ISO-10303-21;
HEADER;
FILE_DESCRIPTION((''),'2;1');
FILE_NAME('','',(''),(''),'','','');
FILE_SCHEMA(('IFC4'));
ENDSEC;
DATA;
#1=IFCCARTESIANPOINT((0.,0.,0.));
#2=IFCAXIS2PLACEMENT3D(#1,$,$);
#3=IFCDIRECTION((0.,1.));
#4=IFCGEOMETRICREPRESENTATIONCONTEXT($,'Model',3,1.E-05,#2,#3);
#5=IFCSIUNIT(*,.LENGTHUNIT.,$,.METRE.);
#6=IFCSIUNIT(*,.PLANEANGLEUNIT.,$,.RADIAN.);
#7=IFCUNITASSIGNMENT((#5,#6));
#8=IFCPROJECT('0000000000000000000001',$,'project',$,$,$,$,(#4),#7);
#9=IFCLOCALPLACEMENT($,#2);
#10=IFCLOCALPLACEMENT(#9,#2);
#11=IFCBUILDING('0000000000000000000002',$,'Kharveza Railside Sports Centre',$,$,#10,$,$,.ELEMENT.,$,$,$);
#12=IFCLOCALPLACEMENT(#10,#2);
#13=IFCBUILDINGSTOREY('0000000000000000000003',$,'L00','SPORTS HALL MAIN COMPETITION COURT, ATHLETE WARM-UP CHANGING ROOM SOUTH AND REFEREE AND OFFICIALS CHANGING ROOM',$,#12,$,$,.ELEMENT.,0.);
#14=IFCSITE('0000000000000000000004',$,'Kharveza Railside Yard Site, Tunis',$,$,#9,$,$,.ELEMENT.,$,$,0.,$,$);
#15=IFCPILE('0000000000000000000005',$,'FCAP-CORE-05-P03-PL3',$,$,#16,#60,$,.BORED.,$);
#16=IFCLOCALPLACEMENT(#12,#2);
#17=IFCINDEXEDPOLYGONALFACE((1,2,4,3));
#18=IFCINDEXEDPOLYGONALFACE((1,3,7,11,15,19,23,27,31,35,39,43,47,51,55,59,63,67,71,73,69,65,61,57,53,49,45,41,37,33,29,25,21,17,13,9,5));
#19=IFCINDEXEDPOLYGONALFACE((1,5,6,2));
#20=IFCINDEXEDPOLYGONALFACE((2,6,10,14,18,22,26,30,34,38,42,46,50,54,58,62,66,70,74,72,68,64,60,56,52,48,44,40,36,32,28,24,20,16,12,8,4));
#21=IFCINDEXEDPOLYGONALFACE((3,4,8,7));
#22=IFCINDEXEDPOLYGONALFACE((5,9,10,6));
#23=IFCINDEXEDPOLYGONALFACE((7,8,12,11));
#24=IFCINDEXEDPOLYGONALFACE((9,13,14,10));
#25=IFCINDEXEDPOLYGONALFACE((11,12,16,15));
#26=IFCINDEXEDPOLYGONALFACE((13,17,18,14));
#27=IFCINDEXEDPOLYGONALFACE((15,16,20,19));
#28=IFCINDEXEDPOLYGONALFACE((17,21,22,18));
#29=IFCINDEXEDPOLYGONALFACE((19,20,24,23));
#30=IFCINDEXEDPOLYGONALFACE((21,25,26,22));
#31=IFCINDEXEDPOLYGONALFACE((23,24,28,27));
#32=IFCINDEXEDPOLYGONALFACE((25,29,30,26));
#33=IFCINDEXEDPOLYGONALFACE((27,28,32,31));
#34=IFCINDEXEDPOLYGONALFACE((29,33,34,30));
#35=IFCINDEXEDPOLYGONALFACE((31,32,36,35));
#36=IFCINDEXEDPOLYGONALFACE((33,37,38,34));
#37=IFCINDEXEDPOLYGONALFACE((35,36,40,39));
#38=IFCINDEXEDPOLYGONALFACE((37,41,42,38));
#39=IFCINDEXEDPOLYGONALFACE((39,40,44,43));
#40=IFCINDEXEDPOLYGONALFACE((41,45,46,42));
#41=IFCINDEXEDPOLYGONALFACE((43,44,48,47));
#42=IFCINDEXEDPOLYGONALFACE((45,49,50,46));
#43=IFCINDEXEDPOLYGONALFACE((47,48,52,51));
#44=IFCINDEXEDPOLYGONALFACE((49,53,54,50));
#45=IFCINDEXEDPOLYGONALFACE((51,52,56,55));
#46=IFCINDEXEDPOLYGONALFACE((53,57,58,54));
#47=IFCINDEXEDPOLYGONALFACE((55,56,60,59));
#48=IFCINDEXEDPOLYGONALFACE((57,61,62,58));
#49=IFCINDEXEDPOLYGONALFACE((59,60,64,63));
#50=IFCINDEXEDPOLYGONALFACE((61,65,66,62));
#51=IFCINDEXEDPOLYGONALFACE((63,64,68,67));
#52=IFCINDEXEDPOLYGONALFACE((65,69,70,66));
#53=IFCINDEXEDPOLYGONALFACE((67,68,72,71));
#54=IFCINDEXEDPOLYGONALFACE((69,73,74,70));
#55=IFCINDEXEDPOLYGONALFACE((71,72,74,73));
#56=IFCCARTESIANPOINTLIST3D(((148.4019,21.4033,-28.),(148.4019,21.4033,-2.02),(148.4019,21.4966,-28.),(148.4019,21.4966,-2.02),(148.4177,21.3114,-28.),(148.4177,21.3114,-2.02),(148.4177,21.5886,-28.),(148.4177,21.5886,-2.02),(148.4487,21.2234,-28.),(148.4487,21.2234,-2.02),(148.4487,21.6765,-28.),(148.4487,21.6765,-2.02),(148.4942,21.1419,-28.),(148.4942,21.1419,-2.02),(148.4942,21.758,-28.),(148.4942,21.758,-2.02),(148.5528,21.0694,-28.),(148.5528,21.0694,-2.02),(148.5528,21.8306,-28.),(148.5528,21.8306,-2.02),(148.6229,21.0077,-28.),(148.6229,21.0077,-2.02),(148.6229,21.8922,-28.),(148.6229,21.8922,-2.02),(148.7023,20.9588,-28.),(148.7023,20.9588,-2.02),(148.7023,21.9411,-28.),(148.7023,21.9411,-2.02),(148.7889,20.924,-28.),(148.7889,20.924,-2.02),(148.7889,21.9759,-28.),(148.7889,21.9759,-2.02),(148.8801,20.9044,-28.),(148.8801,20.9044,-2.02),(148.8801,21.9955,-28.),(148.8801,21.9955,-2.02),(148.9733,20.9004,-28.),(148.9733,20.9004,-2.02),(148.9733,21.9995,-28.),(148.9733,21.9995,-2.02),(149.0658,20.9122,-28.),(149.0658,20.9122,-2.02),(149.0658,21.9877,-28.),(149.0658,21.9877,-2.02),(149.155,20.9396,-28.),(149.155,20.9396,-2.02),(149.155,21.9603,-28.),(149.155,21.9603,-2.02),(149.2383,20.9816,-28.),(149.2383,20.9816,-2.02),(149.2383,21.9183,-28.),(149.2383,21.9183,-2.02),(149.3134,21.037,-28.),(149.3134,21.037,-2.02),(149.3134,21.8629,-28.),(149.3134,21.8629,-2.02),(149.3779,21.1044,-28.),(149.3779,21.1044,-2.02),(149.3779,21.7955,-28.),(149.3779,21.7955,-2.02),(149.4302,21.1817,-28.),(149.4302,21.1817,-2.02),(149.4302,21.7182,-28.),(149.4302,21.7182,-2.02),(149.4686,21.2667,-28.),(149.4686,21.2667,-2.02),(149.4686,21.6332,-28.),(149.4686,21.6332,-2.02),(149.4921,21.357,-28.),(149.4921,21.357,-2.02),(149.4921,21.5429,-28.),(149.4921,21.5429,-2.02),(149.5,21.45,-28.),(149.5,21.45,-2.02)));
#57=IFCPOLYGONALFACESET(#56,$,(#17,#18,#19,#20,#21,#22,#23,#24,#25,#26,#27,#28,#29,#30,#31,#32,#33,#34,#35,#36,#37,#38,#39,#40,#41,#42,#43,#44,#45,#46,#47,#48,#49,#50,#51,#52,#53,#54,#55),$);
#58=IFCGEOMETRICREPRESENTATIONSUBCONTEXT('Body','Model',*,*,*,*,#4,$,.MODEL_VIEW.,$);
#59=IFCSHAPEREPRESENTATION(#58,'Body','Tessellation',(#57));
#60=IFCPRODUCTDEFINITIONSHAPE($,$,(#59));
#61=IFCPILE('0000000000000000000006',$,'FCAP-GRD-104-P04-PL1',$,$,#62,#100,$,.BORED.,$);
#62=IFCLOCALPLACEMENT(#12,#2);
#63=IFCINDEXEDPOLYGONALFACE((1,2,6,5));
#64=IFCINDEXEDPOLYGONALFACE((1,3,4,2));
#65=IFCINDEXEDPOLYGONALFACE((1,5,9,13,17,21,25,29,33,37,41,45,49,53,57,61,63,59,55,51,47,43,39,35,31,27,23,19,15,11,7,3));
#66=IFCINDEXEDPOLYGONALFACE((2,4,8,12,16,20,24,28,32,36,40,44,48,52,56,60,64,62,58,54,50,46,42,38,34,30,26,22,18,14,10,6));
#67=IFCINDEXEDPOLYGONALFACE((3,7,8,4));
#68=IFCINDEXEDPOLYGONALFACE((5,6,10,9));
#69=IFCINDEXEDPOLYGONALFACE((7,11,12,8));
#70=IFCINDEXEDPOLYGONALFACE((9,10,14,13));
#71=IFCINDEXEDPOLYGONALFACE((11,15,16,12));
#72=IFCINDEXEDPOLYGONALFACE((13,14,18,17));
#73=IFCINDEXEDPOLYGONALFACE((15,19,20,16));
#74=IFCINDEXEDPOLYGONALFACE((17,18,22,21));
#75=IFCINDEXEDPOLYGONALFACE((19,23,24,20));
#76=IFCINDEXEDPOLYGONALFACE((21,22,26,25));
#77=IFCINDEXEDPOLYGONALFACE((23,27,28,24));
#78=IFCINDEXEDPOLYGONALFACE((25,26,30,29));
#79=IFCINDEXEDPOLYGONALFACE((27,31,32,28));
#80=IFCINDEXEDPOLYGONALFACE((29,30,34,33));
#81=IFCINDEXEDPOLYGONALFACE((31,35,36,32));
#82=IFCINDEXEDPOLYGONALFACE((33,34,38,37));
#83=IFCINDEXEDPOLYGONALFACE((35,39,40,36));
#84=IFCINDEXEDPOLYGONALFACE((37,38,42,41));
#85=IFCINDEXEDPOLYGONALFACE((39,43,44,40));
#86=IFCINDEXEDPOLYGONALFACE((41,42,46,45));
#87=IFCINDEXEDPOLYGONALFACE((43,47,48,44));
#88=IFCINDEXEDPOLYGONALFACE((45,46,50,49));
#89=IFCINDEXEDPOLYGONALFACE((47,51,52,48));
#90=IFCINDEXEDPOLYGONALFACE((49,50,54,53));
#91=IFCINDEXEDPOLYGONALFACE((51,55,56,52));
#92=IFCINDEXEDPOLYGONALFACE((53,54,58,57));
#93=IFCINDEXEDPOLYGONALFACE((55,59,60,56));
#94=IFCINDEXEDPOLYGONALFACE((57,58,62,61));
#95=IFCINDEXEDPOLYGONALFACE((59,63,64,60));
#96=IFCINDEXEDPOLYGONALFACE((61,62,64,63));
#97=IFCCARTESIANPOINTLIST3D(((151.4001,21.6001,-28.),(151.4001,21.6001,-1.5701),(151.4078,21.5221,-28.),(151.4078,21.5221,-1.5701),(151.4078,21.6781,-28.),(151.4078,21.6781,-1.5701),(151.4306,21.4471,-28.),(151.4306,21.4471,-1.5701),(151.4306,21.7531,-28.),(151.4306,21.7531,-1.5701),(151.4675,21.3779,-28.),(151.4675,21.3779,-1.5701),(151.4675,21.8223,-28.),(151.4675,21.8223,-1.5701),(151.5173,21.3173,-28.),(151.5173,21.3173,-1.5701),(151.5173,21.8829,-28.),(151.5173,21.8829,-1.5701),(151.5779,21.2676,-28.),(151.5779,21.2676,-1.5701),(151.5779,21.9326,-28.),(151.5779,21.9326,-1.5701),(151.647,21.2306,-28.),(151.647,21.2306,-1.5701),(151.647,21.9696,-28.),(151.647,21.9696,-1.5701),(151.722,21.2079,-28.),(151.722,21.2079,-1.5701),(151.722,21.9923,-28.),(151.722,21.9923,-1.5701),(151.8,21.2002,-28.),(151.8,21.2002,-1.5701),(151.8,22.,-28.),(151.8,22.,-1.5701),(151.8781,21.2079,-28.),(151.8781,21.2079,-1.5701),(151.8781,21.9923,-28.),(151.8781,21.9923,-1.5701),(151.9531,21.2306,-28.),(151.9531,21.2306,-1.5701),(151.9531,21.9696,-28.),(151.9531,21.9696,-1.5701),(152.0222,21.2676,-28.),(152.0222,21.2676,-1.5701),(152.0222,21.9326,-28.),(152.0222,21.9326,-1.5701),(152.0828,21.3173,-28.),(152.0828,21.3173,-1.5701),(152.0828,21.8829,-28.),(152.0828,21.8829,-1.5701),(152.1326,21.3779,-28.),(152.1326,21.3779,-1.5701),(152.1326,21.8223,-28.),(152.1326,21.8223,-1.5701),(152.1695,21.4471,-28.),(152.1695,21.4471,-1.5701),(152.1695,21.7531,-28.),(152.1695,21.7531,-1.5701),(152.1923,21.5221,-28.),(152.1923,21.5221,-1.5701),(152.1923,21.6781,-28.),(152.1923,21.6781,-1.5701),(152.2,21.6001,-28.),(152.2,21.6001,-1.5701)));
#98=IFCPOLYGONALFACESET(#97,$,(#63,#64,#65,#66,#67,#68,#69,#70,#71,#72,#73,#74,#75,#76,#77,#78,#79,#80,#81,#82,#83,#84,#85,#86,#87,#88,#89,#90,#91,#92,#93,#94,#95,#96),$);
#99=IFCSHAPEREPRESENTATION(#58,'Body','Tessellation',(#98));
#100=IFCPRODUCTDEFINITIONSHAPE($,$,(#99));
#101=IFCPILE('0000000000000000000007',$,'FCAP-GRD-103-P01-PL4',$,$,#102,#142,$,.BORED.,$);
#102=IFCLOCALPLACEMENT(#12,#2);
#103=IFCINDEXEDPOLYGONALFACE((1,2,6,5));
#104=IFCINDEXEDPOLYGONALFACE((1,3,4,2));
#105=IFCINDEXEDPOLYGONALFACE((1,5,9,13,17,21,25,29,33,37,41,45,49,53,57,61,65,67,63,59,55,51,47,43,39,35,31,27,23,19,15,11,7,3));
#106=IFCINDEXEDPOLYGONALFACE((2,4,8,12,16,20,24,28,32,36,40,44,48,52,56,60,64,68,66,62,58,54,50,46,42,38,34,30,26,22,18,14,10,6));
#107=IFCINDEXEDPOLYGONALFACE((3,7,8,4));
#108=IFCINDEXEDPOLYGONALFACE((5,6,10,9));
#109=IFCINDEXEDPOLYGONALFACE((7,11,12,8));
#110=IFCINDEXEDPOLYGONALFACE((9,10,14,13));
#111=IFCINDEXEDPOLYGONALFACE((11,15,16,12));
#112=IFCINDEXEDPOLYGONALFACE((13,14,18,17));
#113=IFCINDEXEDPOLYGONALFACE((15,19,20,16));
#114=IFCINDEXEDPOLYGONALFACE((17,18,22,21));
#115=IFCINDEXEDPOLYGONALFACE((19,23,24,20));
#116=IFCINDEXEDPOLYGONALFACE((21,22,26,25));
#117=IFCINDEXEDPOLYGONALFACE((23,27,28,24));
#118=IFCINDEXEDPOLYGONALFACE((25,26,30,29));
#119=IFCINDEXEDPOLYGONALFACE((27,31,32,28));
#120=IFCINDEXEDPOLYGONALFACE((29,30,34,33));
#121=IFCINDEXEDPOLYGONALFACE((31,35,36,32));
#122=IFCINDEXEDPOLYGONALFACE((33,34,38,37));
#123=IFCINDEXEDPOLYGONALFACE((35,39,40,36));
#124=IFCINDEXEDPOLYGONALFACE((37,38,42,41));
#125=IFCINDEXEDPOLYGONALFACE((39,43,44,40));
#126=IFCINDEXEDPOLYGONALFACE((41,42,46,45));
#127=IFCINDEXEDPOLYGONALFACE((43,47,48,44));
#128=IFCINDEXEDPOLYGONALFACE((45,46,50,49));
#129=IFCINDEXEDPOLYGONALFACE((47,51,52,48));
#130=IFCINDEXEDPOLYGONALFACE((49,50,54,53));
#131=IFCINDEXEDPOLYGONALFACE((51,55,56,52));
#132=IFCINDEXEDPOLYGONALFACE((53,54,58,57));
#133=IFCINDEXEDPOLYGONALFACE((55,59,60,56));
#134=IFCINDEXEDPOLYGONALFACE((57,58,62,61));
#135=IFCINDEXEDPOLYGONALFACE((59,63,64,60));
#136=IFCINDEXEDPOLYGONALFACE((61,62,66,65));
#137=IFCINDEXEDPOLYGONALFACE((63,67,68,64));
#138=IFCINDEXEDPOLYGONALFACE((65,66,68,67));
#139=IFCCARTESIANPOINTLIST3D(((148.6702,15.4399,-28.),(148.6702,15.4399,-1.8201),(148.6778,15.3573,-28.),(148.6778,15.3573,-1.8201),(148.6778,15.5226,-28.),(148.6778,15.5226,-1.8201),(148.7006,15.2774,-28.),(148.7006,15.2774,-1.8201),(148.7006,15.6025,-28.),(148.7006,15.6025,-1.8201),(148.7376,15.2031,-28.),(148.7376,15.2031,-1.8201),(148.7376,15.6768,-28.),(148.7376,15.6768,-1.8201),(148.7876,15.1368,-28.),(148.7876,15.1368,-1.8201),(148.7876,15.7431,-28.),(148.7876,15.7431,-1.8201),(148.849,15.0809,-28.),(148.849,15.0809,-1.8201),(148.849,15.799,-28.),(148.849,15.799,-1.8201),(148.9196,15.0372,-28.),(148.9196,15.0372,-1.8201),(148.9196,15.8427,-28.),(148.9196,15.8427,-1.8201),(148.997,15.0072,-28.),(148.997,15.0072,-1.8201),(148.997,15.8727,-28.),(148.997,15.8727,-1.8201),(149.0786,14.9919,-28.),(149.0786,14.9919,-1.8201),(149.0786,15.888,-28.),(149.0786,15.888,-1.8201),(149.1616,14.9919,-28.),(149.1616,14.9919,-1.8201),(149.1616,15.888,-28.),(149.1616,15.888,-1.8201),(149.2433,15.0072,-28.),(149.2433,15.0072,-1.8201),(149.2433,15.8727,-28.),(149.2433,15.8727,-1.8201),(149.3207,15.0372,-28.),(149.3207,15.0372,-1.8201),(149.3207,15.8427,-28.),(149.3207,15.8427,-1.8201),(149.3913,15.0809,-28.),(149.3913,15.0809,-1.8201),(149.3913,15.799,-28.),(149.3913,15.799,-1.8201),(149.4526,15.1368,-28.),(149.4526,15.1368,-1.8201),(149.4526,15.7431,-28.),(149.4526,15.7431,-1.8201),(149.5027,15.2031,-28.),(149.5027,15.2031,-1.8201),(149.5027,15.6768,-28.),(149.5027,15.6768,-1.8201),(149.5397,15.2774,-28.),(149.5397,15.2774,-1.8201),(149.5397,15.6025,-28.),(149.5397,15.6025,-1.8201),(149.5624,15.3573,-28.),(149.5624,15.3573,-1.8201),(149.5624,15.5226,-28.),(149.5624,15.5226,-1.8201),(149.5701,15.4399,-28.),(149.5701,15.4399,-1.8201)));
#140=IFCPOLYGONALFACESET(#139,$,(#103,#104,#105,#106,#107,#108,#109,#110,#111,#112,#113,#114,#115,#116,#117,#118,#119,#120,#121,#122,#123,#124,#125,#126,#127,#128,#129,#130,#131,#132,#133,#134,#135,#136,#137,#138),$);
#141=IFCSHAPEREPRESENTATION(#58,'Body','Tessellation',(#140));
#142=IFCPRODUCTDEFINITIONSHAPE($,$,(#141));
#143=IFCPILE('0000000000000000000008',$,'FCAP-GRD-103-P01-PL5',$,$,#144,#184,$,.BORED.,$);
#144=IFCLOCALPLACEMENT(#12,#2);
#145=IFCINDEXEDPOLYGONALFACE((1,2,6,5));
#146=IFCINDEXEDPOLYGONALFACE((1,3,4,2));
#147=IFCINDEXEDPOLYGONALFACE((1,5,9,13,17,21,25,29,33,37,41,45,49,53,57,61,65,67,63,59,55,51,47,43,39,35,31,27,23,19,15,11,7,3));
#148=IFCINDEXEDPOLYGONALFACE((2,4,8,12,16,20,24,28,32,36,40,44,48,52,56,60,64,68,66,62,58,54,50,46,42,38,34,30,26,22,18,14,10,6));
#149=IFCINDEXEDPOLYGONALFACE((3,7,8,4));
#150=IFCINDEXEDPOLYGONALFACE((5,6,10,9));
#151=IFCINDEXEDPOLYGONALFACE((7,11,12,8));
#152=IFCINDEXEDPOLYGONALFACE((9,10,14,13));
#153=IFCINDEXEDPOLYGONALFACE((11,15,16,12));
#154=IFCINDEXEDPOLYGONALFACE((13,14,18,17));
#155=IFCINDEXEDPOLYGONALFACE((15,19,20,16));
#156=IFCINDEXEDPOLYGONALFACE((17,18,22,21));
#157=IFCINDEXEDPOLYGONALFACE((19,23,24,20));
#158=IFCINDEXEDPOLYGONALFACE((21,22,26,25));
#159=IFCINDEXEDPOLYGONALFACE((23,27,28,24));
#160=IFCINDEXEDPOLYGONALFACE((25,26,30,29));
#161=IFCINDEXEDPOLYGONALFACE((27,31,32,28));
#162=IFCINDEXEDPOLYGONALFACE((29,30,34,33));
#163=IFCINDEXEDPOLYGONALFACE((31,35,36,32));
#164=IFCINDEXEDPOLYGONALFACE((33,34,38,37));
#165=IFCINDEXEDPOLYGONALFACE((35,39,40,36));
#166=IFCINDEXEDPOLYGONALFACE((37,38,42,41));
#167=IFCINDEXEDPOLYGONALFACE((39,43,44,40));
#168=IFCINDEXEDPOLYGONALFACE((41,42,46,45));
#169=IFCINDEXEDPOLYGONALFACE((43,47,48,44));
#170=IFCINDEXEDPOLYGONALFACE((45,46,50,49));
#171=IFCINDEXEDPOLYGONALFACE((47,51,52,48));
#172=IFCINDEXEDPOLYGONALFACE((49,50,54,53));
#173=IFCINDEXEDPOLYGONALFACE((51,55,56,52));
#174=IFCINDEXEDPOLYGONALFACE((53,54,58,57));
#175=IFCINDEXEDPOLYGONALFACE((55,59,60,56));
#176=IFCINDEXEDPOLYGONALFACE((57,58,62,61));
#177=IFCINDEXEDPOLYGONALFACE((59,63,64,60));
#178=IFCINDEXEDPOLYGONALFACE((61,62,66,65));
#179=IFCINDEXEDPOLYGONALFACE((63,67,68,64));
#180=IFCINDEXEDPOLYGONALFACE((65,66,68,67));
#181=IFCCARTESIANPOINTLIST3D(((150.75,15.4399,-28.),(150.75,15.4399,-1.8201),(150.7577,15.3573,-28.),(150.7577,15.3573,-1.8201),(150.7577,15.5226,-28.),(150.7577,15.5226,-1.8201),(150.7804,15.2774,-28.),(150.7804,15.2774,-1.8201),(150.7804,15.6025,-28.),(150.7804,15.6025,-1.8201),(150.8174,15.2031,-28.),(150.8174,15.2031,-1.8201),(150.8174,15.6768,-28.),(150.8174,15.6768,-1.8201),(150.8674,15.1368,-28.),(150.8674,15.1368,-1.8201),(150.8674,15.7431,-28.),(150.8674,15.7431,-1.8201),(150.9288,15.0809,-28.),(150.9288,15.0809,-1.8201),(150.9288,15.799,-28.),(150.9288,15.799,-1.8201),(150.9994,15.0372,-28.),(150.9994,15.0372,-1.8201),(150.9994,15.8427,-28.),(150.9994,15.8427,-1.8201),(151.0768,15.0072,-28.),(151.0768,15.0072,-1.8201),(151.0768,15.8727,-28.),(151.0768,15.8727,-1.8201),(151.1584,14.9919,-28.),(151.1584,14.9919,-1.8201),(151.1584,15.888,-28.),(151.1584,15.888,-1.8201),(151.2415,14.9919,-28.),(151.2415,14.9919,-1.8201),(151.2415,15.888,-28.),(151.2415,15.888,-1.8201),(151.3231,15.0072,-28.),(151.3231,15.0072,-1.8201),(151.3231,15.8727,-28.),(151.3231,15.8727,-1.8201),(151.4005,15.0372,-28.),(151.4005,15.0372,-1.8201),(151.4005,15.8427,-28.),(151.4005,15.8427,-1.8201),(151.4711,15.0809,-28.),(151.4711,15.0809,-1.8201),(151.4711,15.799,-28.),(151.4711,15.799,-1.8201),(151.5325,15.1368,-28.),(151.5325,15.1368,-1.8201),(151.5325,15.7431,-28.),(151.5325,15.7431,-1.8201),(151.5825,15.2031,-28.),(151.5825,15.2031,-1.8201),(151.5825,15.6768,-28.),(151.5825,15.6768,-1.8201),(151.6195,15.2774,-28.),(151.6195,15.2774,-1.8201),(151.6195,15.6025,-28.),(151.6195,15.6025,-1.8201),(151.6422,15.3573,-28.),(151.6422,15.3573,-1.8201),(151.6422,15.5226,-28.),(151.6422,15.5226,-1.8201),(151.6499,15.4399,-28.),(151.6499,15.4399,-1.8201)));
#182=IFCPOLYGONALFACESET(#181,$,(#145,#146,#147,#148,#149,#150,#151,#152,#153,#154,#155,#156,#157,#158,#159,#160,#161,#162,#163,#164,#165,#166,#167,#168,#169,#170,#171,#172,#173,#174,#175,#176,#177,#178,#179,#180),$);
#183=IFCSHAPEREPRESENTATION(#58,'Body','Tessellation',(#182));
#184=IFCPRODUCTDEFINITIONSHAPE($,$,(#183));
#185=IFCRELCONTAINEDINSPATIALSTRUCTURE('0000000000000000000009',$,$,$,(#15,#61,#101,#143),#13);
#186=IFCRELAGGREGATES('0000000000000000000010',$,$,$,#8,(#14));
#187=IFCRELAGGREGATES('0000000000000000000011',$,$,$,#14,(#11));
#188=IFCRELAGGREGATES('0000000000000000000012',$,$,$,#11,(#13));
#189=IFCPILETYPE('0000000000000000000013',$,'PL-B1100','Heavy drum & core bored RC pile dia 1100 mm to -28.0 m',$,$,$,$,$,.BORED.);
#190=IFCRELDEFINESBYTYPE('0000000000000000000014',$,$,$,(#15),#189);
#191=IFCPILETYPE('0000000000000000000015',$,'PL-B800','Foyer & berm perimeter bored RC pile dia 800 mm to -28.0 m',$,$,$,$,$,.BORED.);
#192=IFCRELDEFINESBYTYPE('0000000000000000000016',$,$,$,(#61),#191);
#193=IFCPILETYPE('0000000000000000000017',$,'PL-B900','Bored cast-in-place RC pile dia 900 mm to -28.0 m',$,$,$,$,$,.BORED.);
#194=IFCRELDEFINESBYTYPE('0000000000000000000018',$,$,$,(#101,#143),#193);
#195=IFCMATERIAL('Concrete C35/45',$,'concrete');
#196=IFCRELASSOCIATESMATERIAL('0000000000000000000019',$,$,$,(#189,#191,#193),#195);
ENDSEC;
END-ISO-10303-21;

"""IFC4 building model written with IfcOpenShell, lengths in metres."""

from ifc_helpers import new_model, si_unit, direction, frame, origin, origin_2d, place, context, subcontext, project, spatial, circle, extrude, material, material_profile, profile_set, type_object, element, save


model = new_model("IFC4")

# Units and contexts
model_context = context("Model", 3, precision=1e-05, world=origin(), true_north=direction((0.0, 1.0)))
body_context = subcontext(model_context, "Body", "Model", "MODEL_VIEW")
ifc_project = project(units=[si_unit("LENGTHUNIT", "METRE"), si_unit("PLANEANGLEUNIT", "RADIAN")], contexts=[model_context])

# Site, building, storey
site_placement = place(None, origin())
site = spatial("IfcSite", under=ifc_project, at=site_placement, Name="Kharveza Railside Yard Site, Tunis", CompositionType="ELEMENT", RefElevation=0.0)
building_placement = place(site_placement, origin())
building = spatial("IfcBuilding", under=site, at=building_placement, Name="Kharveza Railside Sports Centre", CompositionType="ELEMENT")
storey_placement = place(building_placement, origin())
storey = spatial("IfcBuildingStorey", under=building, at=storey_placement, Name="L00", Description="SPORTS HALL MAIN COMPETITION COURT, ATHLETE WARM-UP CHANGING ROOM SOUTH AND REFEREE AND OFFICIALS CHANGING ROOM", CompositionType="ELEMENT", Elevation=0.0)

# Shared definitions
ifc_material_1 = material(Name="Concrete C35/45", Category="concrete")

# Piles
ifc_material_profile_1 = material_profile(ifc_material_1, circle(Radius=0.55, at=origin_2d()), Name="PILE D1100")
ifc_profile_set_1 = profile_set([ifc_material_profile_1], Name="Concrete C35/45")
pile_type_1 = type_object("IfcPileType", Name="PL-B1100", Description="Heavy drum & core bored RC pile dia 1100 mm to -28.0 m", PredefinedType="BORED", material=ifc_profile_set_1)
for number, where, z_axis, x_axis, name in (
    (1, (148.95, 21.45, -2.02), (0.0, 0.0, -1.0), (1.0, 0.0, 0.0), "FCAP-CORE-05-P03-PL3"),
):
    element("IfcPile", number, at=place(storey_placement, frame(where, z_axis=z_axis, x_axis=x_axis)), inside=storey, type_object=pile_type_1, Name=name, PredefinedType="BORED", context=body_context, shape_type="SweptSolid", body=[
        extrude(circle(Radius=0.55, at=origin_2d()), origin(), (0.0, 0.0, 1.0), 25.98),
    ])
ifc_material_profile_2 = material_profile(ifc_material_1, circle(Radius=0.3999, at=origin_2d()), Name="PILE D800")
ifc_profile_set_2 = profile_set([ifc_material_profile_2], Name="Concrete C35/45")
pile_type_2 = type_object("IfcPileType", Name="PL-B800", Description="Foyer & berm perimeter bored RC pile dia 800 mm to -28.0 m", PredefinedType="BORED", material=ifc_profile_set_2)
pile_1_placement = place(storey_placement, frame((151.8, 21.6001, -1.5701), z_axis=(0.0, 0.0, -1.0), x_axis=(1.0, 0.0, 0.0)))
element("IfcPile", 2, at=pile_1_placement, inside=storey, type_object=pile_type_2, Name="FCAP-GRD-104-P04-PL1", PredefinedType="BORED", context=body_context, shape_type="SweptSolid", body=[
    extrude(circle(Radius=0.3999, at=origin_2d()), origin(), (0.0, 0.0, 1.0), 26.4299),
])
ifc_material_profile_3 = material_profile(ifc_material_1, circle(Radius=0.45, at=origin_2d()), Name="PILE D900")
ifc_profile_set_3 = profile_set([ifc_material_profile_3], Name="Concrete C35/45")
pile_type_3 = type_object("IfcPileType", Name="PL-B900", Description="Bored cast-in-place RC pile dia 900 mm to -28.0 m", PredefinedType="BORED", material=ifc_profile_set_3)
for number, where, z_axis, x_axis, name in (
    (3, (149.1201, 15.4399, -1.8201), (0.0, 0.0, -1.0), (1.0, 0.0, 0.0), "FCAP-GRD-103-P01-PL4"),
    (4, (151.2, 15.4399, -1.8201), (0.0, 0.0, -1.0), (1.0, 0.0, 0.0), "FCAP-GRD-103-P01-PL5"),
):
    element("IfcPile", number, at=place(storey_placement, frame(where, z_axis=z_axis, x_axis=x_axis)), inside=storey, type_object=pile_type_3, Name=name, PredefinedType="BORED", context=body_context, shape_type="SweptSolid", body=[
        extrude(circle(Radius=0.45, at=origin_2d()), origin(), (0.0, 0.0, 1.0), 26.1799),
    ])

save(model, "model.ifc")
